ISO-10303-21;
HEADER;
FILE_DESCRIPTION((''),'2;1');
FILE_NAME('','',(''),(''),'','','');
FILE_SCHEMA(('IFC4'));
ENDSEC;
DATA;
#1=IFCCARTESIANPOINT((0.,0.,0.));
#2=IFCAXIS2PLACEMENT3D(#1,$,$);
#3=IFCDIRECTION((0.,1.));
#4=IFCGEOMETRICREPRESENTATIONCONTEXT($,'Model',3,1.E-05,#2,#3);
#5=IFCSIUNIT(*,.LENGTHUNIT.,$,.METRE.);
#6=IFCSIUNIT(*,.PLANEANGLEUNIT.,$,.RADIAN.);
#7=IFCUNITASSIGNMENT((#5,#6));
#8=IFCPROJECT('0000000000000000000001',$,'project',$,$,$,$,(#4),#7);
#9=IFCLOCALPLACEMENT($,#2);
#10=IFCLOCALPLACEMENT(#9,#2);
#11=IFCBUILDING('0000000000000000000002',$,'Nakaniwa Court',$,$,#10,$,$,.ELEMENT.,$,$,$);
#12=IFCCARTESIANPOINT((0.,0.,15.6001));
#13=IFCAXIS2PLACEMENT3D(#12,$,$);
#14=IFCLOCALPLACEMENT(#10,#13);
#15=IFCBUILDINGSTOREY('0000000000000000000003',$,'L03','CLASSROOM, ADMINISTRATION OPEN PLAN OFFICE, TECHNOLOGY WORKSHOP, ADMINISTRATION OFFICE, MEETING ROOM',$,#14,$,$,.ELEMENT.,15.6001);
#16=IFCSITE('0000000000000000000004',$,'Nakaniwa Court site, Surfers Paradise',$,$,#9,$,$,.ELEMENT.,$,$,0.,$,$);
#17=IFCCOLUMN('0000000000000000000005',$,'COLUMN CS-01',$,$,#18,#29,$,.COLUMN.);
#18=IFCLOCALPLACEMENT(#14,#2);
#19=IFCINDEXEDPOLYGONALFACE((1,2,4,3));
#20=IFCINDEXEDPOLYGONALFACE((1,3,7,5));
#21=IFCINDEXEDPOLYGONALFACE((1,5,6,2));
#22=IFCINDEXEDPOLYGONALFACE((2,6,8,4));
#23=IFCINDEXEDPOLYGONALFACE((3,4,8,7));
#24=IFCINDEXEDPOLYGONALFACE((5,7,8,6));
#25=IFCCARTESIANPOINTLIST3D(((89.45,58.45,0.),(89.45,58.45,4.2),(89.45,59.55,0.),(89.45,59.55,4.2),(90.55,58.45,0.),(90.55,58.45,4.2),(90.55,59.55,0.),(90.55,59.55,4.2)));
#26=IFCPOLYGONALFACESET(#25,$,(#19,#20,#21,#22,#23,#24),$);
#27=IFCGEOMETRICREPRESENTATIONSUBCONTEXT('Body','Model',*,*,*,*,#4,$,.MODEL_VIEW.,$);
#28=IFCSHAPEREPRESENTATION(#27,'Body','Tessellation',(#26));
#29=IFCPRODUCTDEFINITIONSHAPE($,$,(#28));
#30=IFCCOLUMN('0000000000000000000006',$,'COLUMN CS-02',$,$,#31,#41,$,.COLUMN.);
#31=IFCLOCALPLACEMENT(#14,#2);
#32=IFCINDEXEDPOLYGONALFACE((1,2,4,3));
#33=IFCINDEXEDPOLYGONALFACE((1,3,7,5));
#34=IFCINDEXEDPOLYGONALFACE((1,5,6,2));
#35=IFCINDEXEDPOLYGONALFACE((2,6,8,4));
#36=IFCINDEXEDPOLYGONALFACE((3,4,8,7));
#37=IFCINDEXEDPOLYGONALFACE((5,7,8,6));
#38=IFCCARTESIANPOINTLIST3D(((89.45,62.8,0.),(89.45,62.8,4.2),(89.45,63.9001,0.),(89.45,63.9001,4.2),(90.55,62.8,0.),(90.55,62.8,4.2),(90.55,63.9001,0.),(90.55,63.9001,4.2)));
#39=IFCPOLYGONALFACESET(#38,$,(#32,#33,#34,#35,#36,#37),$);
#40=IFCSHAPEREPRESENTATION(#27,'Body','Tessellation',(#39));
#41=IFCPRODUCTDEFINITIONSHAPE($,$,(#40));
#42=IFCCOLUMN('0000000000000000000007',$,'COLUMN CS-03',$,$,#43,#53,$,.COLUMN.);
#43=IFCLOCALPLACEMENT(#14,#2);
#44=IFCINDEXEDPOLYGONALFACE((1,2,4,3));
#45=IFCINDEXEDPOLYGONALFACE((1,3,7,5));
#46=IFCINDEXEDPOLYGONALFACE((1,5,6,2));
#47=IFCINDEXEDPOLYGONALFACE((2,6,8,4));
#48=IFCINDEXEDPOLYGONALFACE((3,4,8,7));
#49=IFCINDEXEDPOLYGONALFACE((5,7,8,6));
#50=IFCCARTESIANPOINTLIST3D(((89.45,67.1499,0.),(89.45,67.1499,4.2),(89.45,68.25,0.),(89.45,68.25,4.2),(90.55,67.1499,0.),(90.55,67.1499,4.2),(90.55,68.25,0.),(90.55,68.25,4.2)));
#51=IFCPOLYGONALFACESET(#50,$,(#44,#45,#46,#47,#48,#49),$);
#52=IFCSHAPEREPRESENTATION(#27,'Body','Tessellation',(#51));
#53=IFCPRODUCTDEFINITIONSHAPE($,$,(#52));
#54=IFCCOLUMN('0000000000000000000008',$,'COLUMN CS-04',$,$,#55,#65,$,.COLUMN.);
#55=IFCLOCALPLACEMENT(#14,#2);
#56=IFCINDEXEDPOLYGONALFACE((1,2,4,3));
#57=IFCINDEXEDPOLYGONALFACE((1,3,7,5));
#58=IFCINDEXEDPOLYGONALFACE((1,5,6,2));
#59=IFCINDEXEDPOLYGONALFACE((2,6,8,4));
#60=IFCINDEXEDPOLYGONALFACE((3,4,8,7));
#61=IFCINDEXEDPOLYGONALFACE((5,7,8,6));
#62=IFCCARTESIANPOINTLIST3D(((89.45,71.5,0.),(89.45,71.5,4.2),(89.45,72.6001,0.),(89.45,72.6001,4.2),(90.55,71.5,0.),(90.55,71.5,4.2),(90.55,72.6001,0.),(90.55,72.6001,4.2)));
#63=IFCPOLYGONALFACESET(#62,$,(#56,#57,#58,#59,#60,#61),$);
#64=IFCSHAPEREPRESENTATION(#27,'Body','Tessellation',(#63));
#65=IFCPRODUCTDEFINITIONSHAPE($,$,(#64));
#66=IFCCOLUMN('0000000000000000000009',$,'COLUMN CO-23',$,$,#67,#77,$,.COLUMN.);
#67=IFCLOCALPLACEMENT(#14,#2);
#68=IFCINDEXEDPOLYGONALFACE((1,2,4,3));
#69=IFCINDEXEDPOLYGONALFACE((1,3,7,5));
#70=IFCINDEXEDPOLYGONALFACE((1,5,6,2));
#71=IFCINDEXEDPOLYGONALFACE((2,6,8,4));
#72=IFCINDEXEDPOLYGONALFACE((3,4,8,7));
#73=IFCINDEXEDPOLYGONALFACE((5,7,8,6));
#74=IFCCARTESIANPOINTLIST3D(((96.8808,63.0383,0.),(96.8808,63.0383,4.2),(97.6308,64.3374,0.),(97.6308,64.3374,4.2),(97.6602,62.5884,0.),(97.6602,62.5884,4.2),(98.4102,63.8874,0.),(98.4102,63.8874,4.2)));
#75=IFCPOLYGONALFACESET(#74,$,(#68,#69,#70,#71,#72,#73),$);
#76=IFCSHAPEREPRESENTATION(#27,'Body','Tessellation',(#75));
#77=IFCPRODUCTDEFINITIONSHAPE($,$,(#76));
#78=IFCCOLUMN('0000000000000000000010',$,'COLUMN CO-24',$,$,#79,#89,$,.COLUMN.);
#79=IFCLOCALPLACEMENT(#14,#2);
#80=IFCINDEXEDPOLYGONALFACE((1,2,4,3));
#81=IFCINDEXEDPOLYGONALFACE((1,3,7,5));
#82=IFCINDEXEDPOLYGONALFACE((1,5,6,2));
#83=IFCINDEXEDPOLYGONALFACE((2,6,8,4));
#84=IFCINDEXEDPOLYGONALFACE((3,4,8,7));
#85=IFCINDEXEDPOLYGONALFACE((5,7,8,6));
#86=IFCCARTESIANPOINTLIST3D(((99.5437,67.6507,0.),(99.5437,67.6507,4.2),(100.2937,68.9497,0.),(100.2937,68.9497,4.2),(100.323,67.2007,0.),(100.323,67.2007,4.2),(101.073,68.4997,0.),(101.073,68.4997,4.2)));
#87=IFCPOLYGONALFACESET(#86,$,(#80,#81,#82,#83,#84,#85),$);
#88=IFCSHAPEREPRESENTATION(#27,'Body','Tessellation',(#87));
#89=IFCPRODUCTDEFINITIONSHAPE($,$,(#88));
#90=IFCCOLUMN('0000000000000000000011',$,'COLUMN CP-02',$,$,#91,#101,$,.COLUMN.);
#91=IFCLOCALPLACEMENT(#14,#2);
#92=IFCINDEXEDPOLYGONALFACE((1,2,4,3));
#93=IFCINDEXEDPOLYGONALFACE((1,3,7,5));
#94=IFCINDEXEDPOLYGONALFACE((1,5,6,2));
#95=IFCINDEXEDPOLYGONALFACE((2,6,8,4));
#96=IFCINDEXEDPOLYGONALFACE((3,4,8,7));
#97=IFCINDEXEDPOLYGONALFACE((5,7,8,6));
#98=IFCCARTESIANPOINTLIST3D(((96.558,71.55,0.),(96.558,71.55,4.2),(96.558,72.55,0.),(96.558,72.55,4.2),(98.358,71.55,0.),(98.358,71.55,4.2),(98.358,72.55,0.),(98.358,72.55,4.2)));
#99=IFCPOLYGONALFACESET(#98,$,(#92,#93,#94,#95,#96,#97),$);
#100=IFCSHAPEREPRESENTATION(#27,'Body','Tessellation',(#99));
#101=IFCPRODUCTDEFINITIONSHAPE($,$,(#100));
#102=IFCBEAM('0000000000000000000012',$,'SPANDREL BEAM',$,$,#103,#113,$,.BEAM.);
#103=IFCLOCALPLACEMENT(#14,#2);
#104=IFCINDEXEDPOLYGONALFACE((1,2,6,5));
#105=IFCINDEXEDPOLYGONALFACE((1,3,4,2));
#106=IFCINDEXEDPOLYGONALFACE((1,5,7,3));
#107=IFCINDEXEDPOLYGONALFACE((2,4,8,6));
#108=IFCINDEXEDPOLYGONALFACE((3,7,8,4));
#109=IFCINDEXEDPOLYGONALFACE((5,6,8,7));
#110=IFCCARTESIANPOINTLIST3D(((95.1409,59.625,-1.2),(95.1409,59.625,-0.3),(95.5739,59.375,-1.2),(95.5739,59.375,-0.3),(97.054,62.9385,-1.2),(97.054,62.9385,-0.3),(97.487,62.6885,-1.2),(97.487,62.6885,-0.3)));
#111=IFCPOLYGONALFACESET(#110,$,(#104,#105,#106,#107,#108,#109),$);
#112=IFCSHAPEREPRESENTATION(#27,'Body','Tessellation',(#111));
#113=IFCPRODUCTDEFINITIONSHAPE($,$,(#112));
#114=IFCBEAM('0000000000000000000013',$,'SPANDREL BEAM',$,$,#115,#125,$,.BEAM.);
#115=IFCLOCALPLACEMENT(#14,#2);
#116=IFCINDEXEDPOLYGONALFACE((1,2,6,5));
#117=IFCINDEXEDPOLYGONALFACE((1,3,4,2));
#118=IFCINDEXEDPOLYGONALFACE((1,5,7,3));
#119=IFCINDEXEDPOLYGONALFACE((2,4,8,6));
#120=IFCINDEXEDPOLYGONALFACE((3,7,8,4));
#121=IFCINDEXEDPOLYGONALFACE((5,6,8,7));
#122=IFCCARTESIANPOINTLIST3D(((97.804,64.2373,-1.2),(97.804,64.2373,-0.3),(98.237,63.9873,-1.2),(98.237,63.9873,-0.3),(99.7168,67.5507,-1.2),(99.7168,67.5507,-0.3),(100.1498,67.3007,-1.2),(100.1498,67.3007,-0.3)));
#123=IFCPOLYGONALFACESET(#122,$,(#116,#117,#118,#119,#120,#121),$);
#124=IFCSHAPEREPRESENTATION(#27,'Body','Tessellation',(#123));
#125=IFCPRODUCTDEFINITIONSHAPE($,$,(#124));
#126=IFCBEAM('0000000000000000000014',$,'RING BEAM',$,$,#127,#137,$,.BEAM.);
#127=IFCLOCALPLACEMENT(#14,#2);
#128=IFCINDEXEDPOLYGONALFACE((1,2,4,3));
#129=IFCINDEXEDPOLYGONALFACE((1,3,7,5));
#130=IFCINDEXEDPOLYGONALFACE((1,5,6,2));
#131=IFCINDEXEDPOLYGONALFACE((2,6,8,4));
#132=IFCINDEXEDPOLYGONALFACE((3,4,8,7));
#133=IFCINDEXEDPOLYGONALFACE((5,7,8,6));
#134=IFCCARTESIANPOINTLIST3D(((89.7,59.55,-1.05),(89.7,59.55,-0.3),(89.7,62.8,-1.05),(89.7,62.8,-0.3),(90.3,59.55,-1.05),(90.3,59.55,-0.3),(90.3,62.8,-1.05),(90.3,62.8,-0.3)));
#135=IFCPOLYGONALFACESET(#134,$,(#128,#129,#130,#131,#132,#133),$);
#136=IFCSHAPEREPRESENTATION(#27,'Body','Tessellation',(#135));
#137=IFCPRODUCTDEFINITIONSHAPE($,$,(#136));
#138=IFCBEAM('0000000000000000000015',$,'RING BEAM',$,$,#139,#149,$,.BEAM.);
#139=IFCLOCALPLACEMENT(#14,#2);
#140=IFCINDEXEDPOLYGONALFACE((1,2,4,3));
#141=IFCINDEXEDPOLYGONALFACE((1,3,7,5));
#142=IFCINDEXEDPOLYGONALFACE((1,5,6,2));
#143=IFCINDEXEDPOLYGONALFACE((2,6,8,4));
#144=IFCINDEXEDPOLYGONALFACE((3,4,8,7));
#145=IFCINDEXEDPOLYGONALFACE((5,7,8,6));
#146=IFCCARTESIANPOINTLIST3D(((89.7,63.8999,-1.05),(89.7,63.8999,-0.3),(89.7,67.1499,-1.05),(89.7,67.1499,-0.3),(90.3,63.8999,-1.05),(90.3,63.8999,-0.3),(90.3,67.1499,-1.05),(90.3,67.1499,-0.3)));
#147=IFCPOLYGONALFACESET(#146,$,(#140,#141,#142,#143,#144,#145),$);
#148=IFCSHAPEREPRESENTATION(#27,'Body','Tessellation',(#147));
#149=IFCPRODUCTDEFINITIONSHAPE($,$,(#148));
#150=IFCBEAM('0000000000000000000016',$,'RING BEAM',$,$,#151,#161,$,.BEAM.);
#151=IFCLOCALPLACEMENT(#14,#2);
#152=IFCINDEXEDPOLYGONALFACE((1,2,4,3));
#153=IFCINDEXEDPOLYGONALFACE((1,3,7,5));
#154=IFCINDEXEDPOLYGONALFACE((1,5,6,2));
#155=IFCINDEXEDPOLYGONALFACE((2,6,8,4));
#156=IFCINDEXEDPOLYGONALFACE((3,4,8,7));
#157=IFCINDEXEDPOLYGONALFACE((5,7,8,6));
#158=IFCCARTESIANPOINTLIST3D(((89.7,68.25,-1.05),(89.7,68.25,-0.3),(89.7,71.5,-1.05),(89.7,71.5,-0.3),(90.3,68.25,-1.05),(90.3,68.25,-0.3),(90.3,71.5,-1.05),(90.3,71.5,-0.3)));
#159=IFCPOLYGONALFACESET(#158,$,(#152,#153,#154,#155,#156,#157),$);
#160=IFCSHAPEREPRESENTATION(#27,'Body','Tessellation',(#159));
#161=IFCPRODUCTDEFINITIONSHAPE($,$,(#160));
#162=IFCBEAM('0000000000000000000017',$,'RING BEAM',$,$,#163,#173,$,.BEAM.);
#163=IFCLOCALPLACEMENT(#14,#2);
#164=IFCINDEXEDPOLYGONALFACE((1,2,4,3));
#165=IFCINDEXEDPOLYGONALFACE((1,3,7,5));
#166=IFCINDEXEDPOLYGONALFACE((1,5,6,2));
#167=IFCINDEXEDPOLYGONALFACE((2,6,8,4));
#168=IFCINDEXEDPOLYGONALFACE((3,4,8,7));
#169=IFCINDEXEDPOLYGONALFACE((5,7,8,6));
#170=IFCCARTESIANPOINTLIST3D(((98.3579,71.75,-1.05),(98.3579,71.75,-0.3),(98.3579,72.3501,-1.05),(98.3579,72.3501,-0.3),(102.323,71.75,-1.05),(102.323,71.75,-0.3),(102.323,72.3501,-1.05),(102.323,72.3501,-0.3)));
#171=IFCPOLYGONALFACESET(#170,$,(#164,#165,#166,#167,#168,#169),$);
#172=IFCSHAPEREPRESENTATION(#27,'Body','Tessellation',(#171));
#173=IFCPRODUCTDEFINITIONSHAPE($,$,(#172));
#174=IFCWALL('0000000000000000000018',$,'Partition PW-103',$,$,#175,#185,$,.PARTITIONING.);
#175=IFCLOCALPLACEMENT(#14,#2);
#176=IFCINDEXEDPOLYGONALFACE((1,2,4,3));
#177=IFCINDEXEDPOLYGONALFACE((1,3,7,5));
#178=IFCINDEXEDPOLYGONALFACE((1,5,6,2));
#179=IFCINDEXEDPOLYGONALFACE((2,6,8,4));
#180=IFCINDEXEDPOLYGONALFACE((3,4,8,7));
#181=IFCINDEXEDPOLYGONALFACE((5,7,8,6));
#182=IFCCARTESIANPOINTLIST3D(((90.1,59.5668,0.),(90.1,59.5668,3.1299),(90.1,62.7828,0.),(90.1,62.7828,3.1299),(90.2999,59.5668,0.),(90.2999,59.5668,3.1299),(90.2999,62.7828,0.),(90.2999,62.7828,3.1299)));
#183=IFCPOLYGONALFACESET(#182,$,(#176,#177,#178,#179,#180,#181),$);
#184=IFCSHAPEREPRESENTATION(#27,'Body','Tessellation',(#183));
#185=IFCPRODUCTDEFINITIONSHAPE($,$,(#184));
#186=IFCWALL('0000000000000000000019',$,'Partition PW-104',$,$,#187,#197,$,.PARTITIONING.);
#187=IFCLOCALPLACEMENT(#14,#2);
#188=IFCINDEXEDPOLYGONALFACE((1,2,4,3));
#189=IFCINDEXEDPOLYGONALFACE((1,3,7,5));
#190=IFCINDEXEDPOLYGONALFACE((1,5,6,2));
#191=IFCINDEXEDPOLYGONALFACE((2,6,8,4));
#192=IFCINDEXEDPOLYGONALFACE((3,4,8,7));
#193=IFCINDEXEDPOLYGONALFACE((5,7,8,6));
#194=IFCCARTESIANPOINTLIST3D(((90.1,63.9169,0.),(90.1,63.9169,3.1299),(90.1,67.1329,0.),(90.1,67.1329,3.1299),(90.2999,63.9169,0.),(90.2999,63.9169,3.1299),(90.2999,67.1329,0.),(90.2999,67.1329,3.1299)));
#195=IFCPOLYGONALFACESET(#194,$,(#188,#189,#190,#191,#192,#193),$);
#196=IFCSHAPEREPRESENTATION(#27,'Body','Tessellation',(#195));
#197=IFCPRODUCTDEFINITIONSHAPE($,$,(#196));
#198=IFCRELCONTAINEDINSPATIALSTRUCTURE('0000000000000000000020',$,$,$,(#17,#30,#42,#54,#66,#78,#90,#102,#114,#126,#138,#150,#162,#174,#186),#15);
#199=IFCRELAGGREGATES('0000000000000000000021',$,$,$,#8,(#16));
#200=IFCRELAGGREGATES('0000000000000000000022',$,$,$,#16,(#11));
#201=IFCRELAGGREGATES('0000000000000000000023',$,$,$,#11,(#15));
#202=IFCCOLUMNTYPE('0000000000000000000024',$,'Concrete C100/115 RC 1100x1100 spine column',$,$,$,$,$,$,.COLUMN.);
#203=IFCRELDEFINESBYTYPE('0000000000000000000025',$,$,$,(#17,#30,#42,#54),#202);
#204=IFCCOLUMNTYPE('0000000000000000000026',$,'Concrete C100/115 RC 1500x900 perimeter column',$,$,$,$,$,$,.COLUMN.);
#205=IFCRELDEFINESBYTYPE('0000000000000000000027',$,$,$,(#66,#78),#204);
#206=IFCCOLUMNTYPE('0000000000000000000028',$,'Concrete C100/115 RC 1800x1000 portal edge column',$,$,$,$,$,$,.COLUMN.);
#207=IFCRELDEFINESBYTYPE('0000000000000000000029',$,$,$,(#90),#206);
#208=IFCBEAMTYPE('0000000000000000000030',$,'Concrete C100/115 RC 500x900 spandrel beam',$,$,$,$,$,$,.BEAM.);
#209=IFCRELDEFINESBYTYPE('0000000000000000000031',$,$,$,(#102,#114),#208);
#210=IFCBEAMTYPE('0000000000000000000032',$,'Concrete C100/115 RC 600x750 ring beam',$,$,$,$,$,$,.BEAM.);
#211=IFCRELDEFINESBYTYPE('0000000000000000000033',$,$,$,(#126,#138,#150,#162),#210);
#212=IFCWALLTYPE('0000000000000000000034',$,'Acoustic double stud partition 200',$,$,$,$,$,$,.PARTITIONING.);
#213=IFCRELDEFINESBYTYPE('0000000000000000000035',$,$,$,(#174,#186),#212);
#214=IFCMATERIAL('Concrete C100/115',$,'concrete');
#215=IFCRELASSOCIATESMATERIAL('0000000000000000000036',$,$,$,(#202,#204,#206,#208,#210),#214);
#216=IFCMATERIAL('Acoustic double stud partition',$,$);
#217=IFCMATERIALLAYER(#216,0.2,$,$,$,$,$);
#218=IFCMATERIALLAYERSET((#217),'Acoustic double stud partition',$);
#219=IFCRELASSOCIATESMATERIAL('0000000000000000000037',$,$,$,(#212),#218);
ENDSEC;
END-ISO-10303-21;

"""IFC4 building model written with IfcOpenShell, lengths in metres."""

from ifc_helpers import new_model, si_unit, direction, frame, frame_2d, origin, origin_2d, place, context, subcontext, project, spatial, rectangle, extrude, material, layer, layer_set, material_profile, profile_set, type_object, element, save


model = new_model("IFC4")

# Units and contexts
model_context = context("Model", 3, precision=1e-05, world=origin(), true_north=direction((0.0, 1.0)))
body_context = subcontext(model_context, "Body", "Model", "MODEL_VIEW")
ifc_project = project(units=[si_unit("LENGTHUNIT", "METRE"), si_unit("PLANEANGLEUNIT", "RADIAN")], contexts=[model_context])

# Site, building, storey
site_placement = place(None, origin())
site = spatial("IfcSite", under=ifc_project, at=site_placement, Name="Nakaniwa Court site, Surfers Paradise", CompositionType="ELEMENT", RefElevation=0.0)
building_placement = place(site_placement, origin())
building = spatial("IfcBuilding", under=site, at=building_placement, Name="Nakaniwa Court", CompositionType="ELEMENT")
storey_placement = place(building_placement, frame((0.0, 0.0, 15.6001)))
storey = spatial("IfcBuildingStorey", under=building, at=storey_placement, Name="L03", Description="CLASSROOM, ADMINISTRATION OPEN PLAN OFFICE, TECHNOLOGY WORKSHOP, ADMINISTRATION OFFICE, MEETING ROOM", CompositionType="ELEMENT", Elevation=15.6001)

# Columns
ifc_material_1 = material(Name="Concrete C100/115", Category="concrete")
ifc_material_profile_1 = material_profile(ifc_material_1, rectangle(XDim=1.1001, YDim=1.1001, at=origin_2d()), Name="Concrete C100/115 RC 1100x1100 spine column")
ifc_profile_set_1 = profile_set([ifc_material_profile_1], Name="Concrete C100/115")
column_type_1 = type_object("IfcColumnType", Name="Concrete C100/115 RC 1100x1100 spine column", PredefinedType="COLUMN", material=ifc_profile_set_1)
for number, where, z_axis, x_axis, name in (
    (1, (90.0, 59.0, 0.0), (0.0, 0.0, 1.0), (0.0, 1.0, 0.0), "COLUMN CS-01"),
    (2, (90.0, 63.3501, 0.0), (0.0, 0.0, 1.0), (0.0, 1.0, 0.0), "COLUMN CS-02"),
    (3, (90.0, 67.7, 0.0), (0.0, 0.0, 1.0), (0.0, 1.0, 0.0), "COLUMN CS-03"),
    (4, (90.0, 72.05, 0.0), (0.0, 0.0, 1.0), (0.0, 1.0, 0.0), "COLUMN CS-04"),
):
    element("IfcColumn", number, at=place(storey_placement, frame(where, z_axis=z_axis, x_axis=x_axis)), inside=storey, type_object=column_type_1, Name=name, PredefinedType="COLUMN", context=body_context, shape_type="SweptSolid", body=[
        extrude(rectangle(XDim=1.1001, YDim=1.1001, at=origin_2d()), origin(), (0.0, 0.0, 1.0), 4.2),
    ])
ifc_material_profile_2 = material_profile(ifc_material_1, rectangle(XDim=1.5, YDim=0.8999, at=origin_2d()), Name="Concrete C100/115 RC 1500x900 perimeter column")
ifc_profile_set_2 = profile_set([ifc_material_profile_2], Name="Concrete C100/115")
column_type_2 = type_object("IfcColumnType", Name="Concrete C100/115 RC 1500x900 perimeter column", PredefinedType="COLUMN", material=ifc_profile_set_2)
for number, where, z_axis, x_axis, name in (
    (5, (97.6455, 63.4629, 0.0), (0.0, 0.0, 1.0), (0.5, 0.866025, 0.0), "COLUMN CO-23"),
    (6, (100.3083, 68.0752, 0.0), (0.0, 0.0, 1.0), (0.5, 0.866025, 0.0), "COLUMN CO-24"),
):
    element("IfcColumn", number, at=place(storey_placement, frame(where, z_axis=z_axis, x_axis=x_axis)), inside=storey, type_object=column_type_2, Name=name, PredefinedType="COLUMN", context=body_context, shape_type="SweptSolid", body=[
        extrude(rectangle(XDim=1.5, YDim=0.8999, at=origin_2d()), origin(), (0.0, 0.0, 1.0), 4.2),
    ])
ifc_material_profile_3 = material_profile(ifc_material_1, rectangle(XDim=1.8, YDim=1.0, at=origin_2d()), Name="Concrete C100/115 RC 1800x1000 portal edge column")
ifc_profile_set_3 = profile_set([ifc_material_profile_3], Name="Concrete C100/115")
column_type_3 = type_object("IfcColumnType", Name="Concrete C100/115 RC 1800x1000 portal edge column", PredefinedType="COLUMN", material=ifc_profile_set_3)
column_placement = place(storey_placement, frame((97.458, 72.05, 0.0), z_axis=(0.0, 0.0, 1.0), x_axis=(1.0, 0.0, 0.0)))
element("IfcColumn", 7, at=column_placement, inside=storey, type_object=column_type_3, Name="COLUMN CP-02", PredefinedType="COLUMN", context=body_context, shape_type="SweptSolid", body=[
    extrude(rectangle(XDim=1.8, YDim=1.0, at=origin_2d()), origin(), (0.0, 0.0, 1.0), 4.2),
])

# Beams
ifc_material_profile_4 = material_profile(ifc_material_1, rectangle(XDim=0.5, YDim=0.8999, at=origin_2d()), Name="Concrete C100/115 RC 500x900 spandrel beam")
ifc_profile_set_4 = profile_set([ifc_material_profile_4], Name="Concrete C100/115")
beam_type_1 = type_object("IfcBeamType", Name="Concrete C100/115 RC 500x900 spandrel beam", PredefinedType="BEAM", material=ifc_profile_set_4)
beam_1_placement = place(storey_placement, frame((95.3574, 59.5, -0.75), z_axis=(0.50001, 0.86602, 0.0), x_axis=(-0.86602, 0.50001, 0.0)))
element("IfcBeam", 8, at=beam_1_placement, inside=storey, type_object=beam_type_1, Name="SPANDREL BEAM", PredefinedType="BEAM", context=body_context, shape_type="SweptSolid", body=[
    extrude(rectangle(XDim=0.5, YDim=0.8999, at=origin_2d()), origin(), (0.0, 0.0, 1.0), 3.8262),
])
beam_2_placement = place(storey_placement, frame((98.0205, 64.1123, -0.75), z_axis=(0.499962, 0.866047, 0.0), x_axis=(-0.866047, 0.499962, 0.0)))
element("IfcBeam", 9, at=beam_2_placement, inside=storey, type_object=beam_type_1, Name="SPANDREL BEAM", PredefinedType="BEAM", context=body_context, shape_type="SweptSolid", body=[
    extrude(rectangle(XDim=0.5, YDim=0.8999, at=origin_2d()), origin(), (0.0, 0.0, 1.0), 3.8259),
])
ifc_material_profile_5 = material_profile(ifc_material_1, rectangle(XDim=0.6001, YDim=0.75, at=origin_2d()), Name="Concrete C100/115 RC 600x750 ring beam")
ifc_profile_set_5 = profile_set([ifc_material_profile_5], Name="Concrete C100/115")
beam_type_2 = type_object("IfcBeamType", Name="Concrete C100/115 RC 600x750 ring beam", PredefinedType="BEAM", material=ifc_profile_set_5)
for number, where, z_axis, x_axis, name in (
    (10, (90.0, 59.55, -0.675), (0.0, 1.0, 0.0), (-1.0, 0.0, 0.0), "RING BEAM"),
    (11, (90.0, 63.8999, -0.675), (0.0, 1.0, 0.0), (-1.0, 0.0, 0.0), "RING BEAM"),
    (12, (90.0, 68.25, -0.675), (0.0, 1.0, 0.0), (-1.0, 0.0, 0.0), "RING BEAM"),
):
    element("IfcBeam", number, at=place(storey_placement, frame(where, z_axis=z_axis, x_axis=x_axis)), inside=storey, type_object=beam_type_2, Name=name, PredefinedType="BEAM", context=body_context, shape_type="SweptSolid", body=[
        extrude(rectangle(XDim=0.6001, YDim=0.75, at=origin_2d()), origin(), (0.0, 0.0, 1.0), 3.25),
    ])
beam_3_placement = place(storey_placement, frame((98.3579, 72.05, -0.675), z_axis=(1.0, 0.0, 0.0), x_axis=(0.0, 1.0, 0.0)))
element("IfcBeam", 13, at=beam_3_placement, inside=storey, type_object=beam_type_2, Name="RING BEAM", PredefinedType="BEAM", context=body_context, shape_type="SweptSolid", body=[
    extrude(rectangle(XDim=0.6001, YDim=0.75, at=origin_2d()), origin(), (0.0, 0.0, 1.0), 3.9651),
])

# Walls
ifc_material_2 = material(Name="Acoustic double stud partition")
ifc_layer_1 = layer(ifc_material_2, 0.2)
ifc_layer_set_1 = layer_set([ifc_layer_1], Name="Acoustic double stud partition")
wall_type_1 = type_object("IfcWallType", Name="Acoustic double stud partition 200", PredefinedType="PARTITIONING", material=ifc_layer_set_1)
for number, where, z_axis, x_axis, name in (
    (14, (90.2, 59.5669, 0.0), (0.0, 0.0, 1.0), (0.0, 1.0, 0.0), "Partition PW-103"),
    (15, (90.2, 63.917, 0.0), (0.0, 0.0, 1.0), (0.0, 1.0, 0.0), "Partition PW-104"),
):
    element("IfcWall", number, at=place(storey_placement, frame(where, z_axis=z_axis, x_axis=x_axis)), inside=storey, type_object=wall_type_1, Name=name, PredefinedType="PARTITIONING", context=body_context, shape_type="SweptSolid", body=[
        extrude(rectangle(XDim=3.2161, YDim=0.2, at=frame_2d((1.6079, 0.0))), origin(), (0.0, 0.0, 1.0), 3.1299),
    ])

save(model, "model.ifc")
